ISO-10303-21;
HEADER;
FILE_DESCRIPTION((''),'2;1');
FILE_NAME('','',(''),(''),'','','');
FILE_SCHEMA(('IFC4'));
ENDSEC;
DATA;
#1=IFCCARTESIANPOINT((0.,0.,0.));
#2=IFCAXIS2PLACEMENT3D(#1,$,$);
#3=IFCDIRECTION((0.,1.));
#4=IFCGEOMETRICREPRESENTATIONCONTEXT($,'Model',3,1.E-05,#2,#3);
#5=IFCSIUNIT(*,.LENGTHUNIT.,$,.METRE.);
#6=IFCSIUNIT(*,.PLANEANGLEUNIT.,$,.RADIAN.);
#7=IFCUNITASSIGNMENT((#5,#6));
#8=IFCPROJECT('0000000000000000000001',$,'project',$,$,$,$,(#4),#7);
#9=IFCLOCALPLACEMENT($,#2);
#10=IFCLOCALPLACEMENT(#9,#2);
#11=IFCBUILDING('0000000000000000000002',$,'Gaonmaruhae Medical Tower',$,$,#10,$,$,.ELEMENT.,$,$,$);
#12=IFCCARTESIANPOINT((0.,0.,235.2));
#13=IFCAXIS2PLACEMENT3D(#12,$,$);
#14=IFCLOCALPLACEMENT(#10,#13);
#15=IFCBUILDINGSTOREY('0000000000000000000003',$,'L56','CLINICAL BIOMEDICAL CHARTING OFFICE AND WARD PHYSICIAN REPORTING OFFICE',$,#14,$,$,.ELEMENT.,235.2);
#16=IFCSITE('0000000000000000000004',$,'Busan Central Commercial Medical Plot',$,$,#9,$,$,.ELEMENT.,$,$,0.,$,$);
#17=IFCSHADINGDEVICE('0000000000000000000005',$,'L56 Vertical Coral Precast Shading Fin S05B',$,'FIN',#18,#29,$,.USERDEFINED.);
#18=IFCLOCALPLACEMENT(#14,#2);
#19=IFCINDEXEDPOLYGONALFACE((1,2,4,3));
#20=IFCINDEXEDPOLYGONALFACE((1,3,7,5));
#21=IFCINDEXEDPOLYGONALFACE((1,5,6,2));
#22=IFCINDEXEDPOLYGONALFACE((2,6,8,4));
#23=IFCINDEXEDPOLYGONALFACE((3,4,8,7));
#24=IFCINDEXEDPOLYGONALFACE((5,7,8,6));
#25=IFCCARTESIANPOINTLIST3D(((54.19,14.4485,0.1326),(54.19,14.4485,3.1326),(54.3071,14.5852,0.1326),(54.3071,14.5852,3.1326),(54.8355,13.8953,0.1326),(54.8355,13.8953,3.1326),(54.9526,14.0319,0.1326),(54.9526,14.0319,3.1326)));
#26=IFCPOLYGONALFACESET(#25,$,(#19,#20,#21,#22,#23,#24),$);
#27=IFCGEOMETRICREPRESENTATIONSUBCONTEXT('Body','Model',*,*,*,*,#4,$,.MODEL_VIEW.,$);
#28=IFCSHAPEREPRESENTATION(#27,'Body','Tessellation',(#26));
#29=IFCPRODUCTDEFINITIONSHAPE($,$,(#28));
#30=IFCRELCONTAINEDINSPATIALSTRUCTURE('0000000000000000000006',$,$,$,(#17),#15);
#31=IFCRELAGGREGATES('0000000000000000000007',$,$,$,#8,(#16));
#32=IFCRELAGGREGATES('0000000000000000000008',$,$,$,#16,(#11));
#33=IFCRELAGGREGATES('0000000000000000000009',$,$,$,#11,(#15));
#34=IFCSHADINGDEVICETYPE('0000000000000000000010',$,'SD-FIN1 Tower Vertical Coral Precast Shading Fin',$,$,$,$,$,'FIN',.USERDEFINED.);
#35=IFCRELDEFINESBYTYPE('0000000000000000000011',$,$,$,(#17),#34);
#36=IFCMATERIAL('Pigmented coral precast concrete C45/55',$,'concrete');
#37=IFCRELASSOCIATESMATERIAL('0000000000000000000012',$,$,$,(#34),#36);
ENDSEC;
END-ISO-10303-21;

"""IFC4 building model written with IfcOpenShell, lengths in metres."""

from ifc_helpers import new_model, si_unit, direction, frame, origin, origin_2d, place, context, subcontext, project, spatial, rectangle, extrude, material, type_object, element, save


model = new_model("IFC4")

# Units and contexts
model_context = context("Model", 3, precision=1e-05, world=origin(), true_north=direction((0.0, 1.0)))
body_context = subcontext(model_context, "Body", "Model", "MODEL_VIEW")
ifc_project = project(units=[si_unit("LENGTHUNIT", "METRE"), si_unit("PLANEANGLEUNIT", "RADIAN")], contexts=[model_context])

# Site, building, storey
site_placement = place(None, origin())
site = spatial("IfcSite", under=ifc_project, at=site_placement, Name="Busan Central Commercial Medical Plot", CompositionType="ELEMENT", RefElevation=0.0)
building_placement = place(site_placement, origin())
building = spatial("IfcBuilding", under=site, at=building_placement, Name="Gaonmaruhae Medical Tower", CompositionType="ELEMENT")
storey_placement = place(building_placement, frame((0.0, 0.0, 235.2)))
storey = spatial("IfcBuildingStorey", under=building, at=storey_placement, Name="L56", Description="CLINICAL BIOMEDICAL CHARTING OFFICE AND WARD PHYSICIAN REPORTING OFFICE", CompositionType="ELEMENT", Elevation=235.2)

# Shading device
ifc_material_1 = material(Name="Pigmented coral precast concrete C45/55", Category="concrete")
shading_device_type = type_object("IfcShadingDeviceType", Name="SD-FIN1 Tower Vertical Coral Precast Shading Fin", ElementType="FIN", PredefinedType="USERDEFINED", material=ifc_material_1)
for number, where, z_axis, x_axis, name in (
    (1, (54.5713, 14.2402, 0.1326), (0.0, 0.0, 1.0), (-0.650774, -0.759271, 0.0), "L56 Vertical Coral Precast Shading Fin S05B"),
):
    element("IfcShadingDevice", number, at=place(storey_placement, frame(where, z_axis=z_axis, x_axis=x_axis)), inside=storey, type_object=shading_device_type, Name=name, ObjectType="FIN", PredefinedType="USERDEFINED", context=body_context, shape_type="SweptSolid", body=[
        extrude(rectangle(XDim=0.1799, YDim=0.8501, at=origin_2d()), origin(), (0.0, 0.0, 1.0), 3.0),
    ])

save(model, "model.ifc")
